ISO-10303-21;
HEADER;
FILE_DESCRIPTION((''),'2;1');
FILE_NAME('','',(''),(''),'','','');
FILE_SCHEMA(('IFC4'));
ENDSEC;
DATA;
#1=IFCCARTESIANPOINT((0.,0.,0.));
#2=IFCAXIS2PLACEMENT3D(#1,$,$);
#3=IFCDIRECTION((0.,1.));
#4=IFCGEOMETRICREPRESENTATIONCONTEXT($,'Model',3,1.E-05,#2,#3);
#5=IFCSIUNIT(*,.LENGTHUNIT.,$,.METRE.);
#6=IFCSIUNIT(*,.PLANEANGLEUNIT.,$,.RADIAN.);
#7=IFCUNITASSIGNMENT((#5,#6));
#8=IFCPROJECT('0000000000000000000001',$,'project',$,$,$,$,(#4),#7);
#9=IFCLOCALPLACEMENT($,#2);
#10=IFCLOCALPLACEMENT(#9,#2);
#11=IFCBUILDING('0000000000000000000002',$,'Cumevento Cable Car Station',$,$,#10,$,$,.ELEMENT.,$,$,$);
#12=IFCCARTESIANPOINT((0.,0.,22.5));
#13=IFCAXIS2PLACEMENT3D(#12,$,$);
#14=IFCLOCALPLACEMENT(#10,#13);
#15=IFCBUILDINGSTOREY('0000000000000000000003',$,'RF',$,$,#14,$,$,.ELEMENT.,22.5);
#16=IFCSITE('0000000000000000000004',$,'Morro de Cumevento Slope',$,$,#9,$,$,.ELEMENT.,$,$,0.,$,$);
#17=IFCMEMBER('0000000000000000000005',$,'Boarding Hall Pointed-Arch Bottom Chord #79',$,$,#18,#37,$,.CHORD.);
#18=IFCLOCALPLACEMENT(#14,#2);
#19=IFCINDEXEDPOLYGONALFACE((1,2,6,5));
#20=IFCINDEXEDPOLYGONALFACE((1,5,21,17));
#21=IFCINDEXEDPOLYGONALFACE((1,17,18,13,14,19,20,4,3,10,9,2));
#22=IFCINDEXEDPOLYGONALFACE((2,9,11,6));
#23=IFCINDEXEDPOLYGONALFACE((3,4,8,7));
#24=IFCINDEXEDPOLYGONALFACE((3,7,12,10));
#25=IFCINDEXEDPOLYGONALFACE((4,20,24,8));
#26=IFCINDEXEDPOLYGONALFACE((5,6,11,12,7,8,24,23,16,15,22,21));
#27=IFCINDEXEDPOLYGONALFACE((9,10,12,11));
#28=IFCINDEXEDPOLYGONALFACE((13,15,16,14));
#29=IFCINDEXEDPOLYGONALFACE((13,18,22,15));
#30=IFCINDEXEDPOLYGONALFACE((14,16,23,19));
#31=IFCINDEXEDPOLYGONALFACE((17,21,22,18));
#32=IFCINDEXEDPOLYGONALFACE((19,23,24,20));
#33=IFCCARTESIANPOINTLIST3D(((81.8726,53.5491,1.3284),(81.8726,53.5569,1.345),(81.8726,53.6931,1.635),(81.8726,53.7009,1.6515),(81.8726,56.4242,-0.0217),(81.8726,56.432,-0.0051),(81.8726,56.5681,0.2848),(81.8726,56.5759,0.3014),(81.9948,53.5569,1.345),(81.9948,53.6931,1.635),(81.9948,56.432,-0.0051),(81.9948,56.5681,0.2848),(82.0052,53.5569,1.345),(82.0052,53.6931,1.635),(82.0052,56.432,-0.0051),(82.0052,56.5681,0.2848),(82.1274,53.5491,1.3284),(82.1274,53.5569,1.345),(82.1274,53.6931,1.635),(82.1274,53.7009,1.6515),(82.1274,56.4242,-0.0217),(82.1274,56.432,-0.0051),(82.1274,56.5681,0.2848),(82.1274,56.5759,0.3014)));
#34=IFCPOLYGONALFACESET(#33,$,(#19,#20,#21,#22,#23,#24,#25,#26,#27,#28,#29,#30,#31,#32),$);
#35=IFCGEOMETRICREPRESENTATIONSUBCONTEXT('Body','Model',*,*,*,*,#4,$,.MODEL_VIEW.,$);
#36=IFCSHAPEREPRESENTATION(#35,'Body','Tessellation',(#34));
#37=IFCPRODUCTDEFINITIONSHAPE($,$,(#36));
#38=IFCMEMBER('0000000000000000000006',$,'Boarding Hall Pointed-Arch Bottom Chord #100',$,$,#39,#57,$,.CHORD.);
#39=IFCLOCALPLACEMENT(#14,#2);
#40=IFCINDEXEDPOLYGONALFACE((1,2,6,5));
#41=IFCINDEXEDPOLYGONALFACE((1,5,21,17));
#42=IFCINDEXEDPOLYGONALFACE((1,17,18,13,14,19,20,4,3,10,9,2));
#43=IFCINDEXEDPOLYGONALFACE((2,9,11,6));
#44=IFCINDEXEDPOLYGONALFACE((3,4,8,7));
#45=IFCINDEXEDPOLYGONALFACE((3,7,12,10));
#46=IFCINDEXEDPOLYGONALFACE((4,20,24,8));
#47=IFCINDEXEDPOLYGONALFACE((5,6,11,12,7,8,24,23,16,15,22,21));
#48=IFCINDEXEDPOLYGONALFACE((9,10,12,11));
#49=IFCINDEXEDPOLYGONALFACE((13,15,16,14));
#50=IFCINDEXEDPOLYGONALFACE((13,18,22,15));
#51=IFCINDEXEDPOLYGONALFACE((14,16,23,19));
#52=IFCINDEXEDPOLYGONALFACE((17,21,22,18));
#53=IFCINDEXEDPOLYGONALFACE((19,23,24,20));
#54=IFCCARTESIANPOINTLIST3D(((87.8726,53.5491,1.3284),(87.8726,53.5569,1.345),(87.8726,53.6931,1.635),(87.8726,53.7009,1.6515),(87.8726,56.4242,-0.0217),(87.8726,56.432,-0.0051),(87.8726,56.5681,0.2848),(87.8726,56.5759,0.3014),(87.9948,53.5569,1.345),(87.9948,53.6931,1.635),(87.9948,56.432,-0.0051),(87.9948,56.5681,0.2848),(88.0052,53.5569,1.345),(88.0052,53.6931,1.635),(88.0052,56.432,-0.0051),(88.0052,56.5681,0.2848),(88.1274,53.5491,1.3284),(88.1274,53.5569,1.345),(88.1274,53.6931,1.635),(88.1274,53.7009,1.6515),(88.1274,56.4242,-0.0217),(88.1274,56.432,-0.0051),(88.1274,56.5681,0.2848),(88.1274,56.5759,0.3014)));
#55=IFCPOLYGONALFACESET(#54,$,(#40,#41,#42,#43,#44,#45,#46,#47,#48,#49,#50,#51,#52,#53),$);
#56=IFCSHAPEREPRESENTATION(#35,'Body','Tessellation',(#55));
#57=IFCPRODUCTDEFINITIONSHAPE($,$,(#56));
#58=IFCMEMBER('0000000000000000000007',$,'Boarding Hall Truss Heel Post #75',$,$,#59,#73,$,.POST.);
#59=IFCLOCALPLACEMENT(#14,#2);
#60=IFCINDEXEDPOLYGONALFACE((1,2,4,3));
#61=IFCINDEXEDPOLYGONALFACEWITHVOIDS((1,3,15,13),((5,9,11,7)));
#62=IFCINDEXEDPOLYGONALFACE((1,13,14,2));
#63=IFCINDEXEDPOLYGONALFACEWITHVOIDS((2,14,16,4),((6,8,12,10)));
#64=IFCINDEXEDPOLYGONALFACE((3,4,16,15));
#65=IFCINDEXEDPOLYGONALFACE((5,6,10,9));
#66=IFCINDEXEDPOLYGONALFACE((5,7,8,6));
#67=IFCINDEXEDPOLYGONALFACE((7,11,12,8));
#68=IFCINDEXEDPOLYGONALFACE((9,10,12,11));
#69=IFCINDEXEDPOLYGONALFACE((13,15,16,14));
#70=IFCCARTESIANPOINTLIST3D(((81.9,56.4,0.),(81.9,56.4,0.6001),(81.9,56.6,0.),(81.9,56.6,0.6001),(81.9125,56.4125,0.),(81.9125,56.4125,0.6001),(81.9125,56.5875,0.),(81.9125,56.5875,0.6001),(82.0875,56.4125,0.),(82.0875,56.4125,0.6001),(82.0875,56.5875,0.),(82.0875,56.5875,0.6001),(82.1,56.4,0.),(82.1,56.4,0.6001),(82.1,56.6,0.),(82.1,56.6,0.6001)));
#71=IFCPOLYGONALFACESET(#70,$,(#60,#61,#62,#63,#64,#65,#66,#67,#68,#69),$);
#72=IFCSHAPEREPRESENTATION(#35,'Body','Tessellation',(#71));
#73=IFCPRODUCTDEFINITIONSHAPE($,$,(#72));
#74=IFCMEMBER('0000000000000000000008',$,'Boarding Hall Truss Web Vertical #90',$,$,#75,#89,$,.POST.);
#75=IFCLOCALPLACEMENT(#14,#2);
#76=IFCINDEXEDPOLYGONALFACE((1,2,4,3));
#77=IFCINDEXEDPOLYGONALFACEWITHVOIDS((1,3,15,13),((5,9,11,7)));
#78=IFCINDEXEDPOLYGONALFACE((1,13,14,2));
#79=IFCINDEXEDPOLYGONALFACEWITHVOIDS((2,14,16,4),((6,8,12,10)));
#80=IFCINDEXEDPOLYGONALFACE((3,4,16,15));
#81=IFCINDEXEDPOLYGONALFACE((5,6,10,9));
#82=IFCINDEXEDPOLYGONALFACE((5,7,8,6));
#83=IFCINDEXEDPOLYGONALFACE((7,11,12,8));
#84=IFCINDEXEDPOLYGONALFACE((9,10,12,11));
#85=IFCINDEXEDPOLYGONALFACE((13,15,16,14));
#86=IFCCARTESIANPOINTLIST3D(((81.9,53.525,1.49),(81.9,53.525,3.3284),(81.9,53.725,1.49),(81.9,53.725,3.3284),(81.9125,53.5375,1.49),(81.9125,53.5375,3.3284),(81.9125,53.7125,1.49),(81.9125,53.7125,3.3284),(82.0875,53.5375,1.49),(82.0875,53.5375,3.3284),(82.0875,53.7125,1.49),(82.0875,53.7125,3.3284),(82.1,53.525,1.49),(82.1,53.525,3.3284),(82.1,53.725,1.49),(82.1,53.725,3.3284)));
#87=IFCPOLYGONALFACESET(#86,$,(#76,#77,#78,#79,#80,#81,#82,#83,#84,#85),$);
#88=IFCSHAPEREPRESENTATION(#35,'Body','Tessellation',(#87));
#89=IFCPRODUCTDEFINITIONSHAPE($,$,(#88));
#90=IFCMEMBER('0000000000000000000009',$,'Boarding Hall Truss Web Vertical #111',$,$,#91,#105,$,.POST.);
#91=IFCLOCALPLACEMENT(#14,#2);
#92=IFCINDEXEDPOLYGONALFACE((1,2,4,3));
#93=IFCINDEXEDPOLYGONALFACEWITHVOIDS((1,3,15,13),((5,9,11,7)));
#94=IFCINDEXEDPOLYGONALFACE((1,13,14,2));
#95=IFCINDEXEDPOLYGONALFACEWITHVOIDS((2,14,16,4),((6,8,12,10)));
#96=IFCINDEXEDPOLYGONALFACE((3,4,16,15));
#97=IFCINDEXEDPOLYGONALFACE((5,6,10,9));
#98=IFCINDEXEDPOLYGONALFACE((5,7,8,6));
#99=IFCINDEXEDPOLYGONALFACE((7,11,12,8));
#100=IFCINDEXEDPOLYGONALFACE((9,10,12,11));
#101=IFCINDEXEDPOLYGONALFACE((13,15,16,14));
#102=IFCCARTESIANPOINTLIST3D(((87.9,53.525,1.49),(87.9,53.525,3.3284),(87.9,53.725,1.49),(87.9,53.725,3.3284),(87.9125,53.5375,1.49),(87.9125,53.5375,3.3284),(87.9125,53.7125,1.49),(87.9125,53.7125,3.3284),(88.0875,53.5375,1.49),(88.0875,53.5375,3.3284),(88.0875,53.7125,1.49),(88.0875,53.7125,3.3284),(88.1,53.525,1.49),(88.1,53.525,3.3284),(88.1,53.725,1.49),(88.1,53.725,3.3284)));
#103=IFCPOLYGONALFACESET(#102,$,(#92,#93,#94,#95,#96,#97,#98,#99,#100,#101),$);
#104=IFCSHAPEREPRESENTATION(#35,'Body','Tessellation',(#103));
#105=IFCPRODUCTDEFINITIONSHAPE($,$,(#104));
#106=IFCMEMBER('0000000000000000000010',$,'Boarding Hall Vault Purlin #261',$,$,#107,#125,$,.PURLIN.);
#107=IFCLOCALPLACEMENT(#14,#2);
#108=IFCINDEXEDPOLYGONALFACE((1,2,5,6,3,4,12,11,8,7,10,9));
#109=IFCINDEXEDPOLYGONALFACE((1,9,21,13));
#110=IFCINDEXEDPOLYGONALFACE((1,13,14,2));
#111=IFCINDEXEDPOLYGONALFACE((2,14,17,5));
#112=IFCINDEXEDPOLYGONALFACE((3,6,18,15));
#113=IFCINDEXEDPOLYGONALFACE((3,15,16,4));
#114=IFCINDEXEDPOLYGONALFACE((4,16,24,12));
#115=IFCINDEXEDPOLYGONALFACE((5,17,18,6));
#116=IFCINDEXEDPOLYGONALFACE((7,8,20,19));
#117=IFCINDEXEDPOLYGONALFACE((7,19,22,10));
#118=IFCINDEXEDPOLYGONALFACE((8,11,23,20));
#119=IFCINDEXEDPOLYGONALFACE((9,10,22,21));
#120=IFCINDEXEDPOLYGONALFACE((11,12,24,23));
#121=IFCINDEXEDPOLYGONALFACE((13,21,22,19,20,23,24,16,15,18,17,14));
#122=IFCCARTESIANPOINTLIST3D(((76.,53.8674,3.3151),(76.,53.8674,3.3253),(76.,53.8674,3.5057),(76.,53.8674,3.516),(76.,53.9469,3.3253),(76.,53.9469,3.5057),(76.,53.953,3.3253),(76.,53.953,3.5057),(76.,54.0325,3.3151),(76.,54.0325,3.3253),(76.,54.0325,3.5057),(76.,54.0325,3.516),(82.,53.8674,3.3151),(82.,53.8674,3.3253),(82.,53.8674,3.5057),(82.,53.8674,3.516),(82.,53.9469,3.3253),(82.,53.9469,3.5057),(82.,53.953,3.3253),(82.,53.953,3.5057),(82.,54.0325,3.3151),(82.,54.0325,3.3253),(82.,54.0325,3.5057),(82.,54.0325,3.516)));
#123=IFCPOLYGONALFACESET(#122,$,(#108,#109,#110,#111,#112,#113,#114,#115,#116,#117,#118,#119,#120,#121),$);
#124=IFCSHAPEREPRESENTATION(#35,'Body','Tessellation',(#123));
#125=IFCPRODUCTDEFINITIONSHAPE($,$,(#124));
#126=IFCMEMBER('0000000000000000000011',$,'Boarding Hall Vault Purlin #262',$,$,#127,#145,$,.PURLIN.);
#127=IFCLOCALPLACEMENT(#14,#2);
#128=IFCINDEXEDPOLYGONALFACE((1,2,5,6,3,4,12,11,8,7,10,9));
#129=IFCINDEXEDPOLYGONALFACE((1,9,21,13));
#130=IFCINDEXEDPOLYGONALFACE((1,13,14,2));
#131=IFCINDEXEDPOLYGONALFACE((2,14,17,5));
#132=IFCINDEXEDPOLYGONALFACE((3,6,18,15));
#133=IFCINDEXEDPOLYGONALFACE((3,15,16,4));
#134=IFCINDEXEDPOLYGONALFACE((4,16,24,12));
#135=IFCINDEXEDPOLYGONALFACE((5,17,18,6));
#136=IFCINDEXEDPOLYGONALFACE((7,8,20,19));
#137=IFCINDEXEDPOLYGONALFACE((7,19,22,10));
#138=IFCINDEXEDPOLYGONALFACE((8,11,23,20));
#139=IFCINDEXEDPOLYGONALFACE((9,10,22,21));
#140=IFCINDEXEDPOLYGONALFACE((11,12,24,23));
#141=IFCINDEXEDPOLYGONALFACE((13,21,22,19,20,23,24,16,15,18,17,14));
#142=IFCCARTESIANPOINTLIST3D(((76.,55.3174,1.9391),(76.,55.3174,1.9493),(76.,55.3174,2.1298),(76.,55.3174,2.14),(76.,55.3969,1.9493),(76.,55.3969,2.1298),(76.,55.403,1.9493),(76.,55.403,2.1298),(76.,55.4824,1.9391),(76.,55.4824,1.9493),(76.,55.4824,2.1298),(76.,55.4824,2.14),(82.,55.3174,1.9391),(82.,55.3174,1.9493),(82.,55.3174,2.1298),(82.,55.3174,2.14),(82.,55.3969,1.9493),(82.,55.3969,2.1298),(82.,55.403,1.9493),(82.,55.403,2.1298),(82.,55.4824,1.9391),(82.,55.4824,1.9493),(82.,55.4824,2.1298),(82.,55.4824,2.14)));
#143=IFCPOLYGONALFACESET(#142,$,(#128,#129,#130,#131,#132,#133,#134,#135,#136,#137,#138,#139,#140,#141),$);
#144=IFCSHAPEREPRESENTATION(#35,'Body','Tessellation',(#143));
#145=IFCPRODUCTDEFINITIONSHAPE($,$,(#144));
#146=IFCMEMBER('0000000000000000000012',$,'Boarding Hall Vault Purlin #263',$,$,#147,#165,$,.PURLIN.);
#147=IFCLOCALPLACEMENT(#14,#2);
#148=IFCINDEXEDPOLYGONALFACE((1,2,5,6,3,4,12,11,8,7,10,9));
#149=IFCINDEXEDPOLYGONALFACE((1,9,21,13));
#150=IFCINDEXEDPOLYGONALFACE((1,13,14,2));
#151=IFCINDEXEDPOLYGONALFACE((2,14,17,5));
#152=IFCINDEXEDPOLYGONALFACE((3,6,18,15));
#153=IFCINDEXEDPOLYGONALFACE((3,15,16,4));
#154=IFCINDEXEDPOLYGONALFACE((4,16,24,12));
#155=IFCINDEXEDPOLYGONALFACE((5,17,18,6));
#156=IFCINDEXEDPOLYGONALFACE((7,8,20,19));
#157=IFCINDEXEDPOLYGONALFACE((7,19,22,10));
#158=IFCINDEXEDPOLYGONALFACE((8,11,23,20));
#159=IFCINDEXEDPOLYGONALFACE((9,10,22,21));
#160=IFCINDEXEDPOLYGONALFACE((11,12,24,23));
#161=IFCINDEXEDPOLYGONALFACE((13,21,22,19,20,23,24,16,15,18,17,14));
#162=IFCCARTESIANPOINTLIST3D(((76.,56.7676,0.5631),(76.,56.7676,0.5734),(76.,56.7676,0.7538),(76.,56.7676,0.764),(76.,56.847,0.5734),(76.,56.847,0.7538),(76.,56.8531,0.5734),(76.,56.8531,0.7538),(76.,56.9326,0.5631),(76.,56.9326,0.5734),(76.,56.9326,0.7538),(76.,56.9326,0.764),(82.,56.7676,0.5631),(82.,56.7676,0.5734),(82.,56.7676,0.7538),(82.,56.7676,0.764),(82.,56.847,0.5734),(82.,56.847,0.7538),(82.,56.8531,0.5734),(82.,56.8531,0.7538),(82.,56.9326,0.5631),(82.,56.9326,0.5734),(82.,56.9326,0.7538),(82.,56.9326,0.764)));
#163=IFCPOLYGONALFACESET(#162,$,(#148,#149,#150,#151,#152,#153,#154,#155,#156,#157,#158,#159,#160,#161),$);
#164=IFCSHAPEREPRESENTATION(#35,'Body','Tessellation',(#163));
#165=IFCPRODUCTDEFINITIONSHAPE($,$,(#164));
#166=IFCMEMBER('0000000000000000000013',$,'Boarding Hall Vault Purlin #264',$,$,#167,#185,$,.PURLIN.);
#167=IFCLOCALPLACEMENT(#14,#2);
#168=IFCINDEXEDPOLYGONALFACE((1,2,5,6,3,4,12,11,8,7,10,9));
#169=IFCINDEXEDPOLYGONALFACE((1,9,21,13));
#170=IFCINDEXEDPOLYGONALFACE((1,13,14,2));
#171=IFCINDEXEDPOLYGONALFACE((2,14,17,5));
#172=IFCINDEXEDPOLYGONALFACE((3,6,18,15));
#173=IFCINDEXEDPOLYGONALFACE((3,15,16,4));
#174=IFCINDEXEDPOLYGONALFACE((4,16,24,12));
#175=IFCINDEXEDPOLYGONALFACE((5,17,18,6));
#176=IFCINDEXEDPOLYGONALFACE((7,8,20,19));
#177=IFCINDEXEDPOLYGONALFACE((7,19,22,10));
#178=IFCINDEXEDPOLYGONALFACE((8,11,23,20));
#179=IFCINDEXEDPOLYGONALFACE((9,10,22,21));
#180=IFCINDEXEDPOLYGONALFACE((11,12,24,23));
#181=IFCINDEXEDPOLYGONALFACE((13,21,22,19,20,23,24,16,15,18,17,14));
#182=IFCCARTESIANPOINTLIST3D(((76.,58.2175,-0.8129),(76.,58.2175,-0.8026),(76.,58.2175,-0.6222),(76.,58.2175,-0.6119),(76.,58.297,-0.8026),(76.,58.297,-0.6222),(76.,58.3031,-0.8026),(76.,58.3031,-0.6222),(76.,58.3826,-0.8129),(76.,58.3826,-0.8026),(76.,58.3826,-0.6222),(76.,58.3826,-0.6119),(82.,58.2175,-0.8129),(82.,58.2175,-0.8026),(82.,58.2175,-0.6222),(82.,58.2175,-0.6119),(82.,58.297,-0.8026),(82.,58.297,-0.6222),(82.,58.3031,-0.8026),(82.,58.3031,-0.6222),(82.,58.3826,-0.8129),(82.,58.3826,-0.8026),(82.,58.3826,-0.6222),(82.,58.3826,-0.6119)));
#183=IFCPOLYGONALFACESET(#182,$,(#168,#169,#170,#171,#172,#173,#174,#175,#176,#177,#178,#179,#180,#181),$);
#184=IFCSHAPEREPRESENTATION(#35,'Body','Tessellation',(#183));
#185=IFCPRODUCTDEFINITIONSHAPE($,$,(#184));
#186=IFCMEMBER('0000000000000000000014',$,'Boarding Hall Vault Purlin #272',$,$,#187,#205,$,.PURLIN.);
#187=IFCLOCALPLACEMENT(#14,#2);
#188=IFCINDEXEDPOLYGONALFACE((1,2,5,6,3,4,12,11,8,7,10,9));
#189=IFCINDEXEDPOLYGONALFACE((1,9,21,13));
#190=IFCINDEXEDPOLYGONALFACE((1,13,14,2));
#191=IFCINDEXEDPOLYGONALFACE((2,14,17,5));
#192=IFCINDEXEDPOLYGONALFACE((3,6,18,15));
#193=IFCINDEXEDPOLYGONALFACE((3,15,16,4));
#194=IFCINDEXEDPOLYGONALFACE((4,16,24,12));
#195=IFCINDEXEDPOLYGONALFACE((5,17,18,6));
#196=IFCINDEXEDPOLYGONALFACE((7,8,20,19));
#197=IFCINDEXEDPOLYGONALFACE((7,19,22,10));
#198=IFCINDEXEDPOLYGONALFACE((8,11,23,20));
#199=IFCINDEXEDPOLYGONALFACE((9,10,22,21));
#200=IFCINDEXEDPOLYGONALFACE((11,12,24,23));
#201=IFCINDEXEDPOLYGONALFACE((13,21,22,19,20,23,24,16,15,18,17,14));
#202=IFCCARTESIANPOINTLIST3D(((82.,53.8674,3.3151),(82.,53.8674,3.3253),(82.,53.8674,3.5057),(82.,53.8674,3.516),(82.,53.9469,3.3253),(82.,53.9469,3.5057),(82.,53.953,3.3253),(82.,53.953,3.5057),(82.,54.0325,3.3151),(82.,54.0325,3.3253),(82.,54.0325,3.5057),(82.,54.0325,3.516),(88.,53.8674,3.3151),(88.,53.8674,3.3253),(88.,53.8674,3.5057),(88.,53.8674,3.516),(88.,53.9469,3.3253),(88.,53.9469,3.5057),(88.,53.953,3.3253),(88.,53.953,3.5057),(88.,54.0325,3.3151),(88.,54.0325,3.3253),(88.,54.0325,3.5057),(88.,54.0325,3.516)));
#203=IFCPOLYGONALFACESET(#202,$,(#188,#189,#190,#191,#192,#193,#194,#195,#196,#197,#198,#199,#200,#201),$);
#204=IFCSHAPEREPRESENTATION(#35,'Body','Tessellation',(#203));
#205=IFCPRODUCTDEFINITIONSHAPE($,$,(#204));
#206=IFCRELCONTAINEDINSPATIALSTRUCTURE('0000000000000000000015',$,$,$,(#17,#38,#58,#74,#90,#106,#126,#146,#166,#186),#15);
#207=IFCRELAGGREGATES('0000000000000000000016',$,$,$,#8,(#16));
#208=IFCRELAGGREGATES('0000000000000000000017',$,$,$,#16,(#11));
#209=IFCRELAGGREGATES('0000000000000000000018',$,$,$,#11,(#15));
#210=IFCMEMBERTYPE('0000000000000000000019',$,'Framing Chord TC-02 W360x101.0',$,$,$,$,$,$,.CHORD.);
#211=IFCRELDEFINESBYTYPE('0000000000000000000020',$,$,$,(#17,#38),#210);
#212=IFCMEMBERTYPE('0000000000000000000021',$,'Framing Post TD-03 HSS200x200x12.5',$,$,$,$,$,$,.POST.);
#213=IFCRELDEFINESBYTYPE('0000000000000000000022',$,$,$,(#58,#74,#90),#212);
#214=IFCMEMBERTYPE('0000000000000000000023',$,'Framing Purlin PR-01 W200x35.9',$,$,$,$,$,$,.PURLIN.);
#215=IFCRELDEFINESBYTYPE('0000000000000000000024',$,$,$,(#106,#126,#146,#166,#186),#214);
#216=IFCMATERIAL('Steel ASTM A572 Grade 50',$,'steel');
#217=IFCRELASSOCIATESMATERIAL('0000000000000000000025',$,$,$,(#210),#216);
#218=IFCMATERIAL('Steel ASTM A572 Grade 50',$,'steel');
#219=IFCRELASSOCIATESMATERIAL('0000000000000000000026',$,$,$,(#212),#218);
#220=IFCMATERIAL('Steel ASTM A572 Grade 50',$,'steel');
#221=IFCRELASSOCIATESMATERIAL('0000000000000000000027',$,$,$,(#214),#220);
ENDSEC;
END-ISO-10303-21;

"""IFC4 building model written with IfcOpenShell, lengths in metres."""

from ifc_helpers import new_model, si_unit, direction, frame, origin, origin_2d, place, context, subcontext, project, spatial, hollow_rectangle, i_section, extrude, material, material_profile, profile_set, type_object, element, save


model = new_model("IFC4")

# Units and contexts
model_context = context("Model", 3, precision=1e-05, world=origin(), true_north=direction((0.0, 1.0)))
body_context = subcontext(model_context, "Body", "Model", "MODEL_VIEW")
ifc_project = project(units=[si_unit("LENGTHUNIT", "METRE"), si_unit("PLANEANGLEUNIT", "RADIAN")], contexts=[model_context])

# Site, building, storey
site_placement = place(None, origin())
site = spatial("IfcSite", under=ifc_project, at=site_placement, Name="Morro de Cumevento Slope", CompositionType="ELEMENT", RefElevation=0.0)
building_placement = place(site_placement, origin())
building = spatial("IfcBuilding", under=site, at=building_placement, Name="Cumevento Cable Car Station", CompositionType="ELEMENT")
storey_placement = place(building_placement, frame((0.0, 0.0, 22.5)))
storey = spatial("IfcBuildingStorey", under=building, at=storey_placement, Name="RF", CompositionType="ELEMENT", Elevation=22.5)

# Members
ifc_material_1 = material(Name="Steel ASTM A572 Grade 50", Category="steel")
ifc_material_profile_1 = material_profile(ifc_material_1, i_section(OverallWidth=0.2549, OverallDepth=0.3569, WebThickness=0.0105, FlangeThickness=0.0183, at=origin_2d()), Name="W360x101.0")
ifc_profile_set_1 = profile_set([ifc_material_profile_1], Name="Steel ASTM A572 Grade 50")
member_type_1 = type_object("IfcMemberType", Name="Framing Chord TC-02 W360x101.0", PredefinedType="CHORD", material=ifc_profile_set_1)
for number, where, z_axis, x_axis, name in (
    (1, (82.0, 53.625, 1.49), (0.0, 0.905163, -0.425064), (-1.0, 0.0, 0.0), "Boarding Hall Pointed-Arch Bottom Chord #79"),
    (2, (88.0, 53.625, 1.49), (0.0, 0.905163, -0.425064), (-1.0, 0.0, 0.0), "Boarding Hall Pointed-Arch Bottom Chord #100"),
):
    element("IfcMember", number, at=place(storey_placement, frame(where, z_axis=z_axis, x_axis=x_axis)), inside=storey, type_object=member_type_1, Name=name, PredefinedType="CHORD", context=body_context, shape_type="SweptSolid", body=[
        extrude(i_section(OverallWidth=0.2549, OverallDepth=0.3569, WebThickness=0.0105, FlangeThickness=0.0183, at=origin_2d()), origin(), (0.0, 0.0, 1.0), 3.1763),
    ])
ifc_material_2 = material(Name="Steel ASTM A572 Grade 50", Category="steel")
ifc_material_profile_2 = material_profile(ifc_material_2, hollow_rectangle(XDim=0.2, YDim=0.2, WallThickness=0.0125, at=origin_2d()), Name="HSS200x200x12.5")
ifc_profile_set_2 = profile_set([ifc_material_profile_2], Name="Steel ASTM A572 Grade 50")
member_type_2 = type_object("IfcMemberType", Name="Framing Post TD-03 HSS200x200x12.5", PredefinedType="POST", material=ifc_profile_set_2)
member_1_placement = place(storey_placement, frame((82.0, 56.5, 0.0), z_axis=(0.0, 0.0, 1.0), x_axis=(1.0, 0.0, 0.0)))
element("IfcMember", 3, at=member_1_placement, inside=storey, type_object=member_type_2, Name="Boarding Hall Truss Heel Post #75", PredefinedType="POST", context=body_context, shape_type="SweptSolid", body=[
    extrude(hollow_rectangle(XDim=0.2, YDim=0.2, WallThickness=0.0125, at=origin_2d()), origin(), (0.0, 0.0, 1.0), 0.6001),
])
for number, where, z_axis, x_axis, name in (
    (4, (82.0, 53.625, 1.49), (0.0, 0.0, 1.0), (1.0, 0.0, 0.0), "Boarding Hall Truss Web Vertical #90"),
    (5, (88.0, 53.625, 1.49), (0.0, 0.0, 1.0), (1.0, 0.0, 0.0), "Boarding Hall Truss Web Vertical #111"),
):
    element("IfcMember", number, at=place(storey_placement, frame(where, z_axis=z_axis, x_axis=x_axis)), inside=storey, type_object=member_type_2, Name=name, PredefinedType="POST", context=body_context, shape_type="SweptSolid", body=[
        extrude(hollow_rectangle(XDim=0.2, YDim=0.2, WallThickness=0.0125, at=origin_2d()), origin(), (0.0, 0.0, 1.0), 1.8384),
    ])
ifc_material_3 = material(Name="Steel ASTM A572 Grade 50", Category="steel")
ifc_material_profile_3 = material_profile(ifc_material_3, i_section(OverallWidth=0.165, OverallDepth=0.2009, WebThickness=0.0061, FlangeThickness=0.0103, at=origin_2d()), Name="W200x35.9")
ifc_profile_set_3 = profile_set([ifc_material_profile_3], Name="Steel ASTM A572 Grade 50")
member_type_3 = type_object("IfcMemberType", Name="Framing Purlin PR-01 W200x35.9", PredefinedType="PURLIN", material=ifc_profile_set_3)
for number, where, z_axis, x_axis, name in (
    (6, (76.0, 53.95, 3.4155), (1.0, 0.0, 0.0), (0.0, 1.0, 0.0), "Boarding Hall Vault Purlin #261"),
    (7, (76.0, 55.3999, 2.0396), (1.0, 0.0, 0.0), (0.0, 1.0, 0.0), "Boarding Hall Vault Purlin #262"),
    (8, (76.0, 56.8501, 0.6636), (1.0, 0.0, 0.0), (0.0, 1.0, 0.0), "Boarding Hall Vault Purlin #263"),
    (9, (76.0, 58.3, -0.7124), (1.0, 0.0, 0.0), (0.0, 1.0, 0.0), "Boarding Hall Vault Purlin #264"),
    (10, (82.0, 53.95, 3.4155), (1.0, 0.0, 0.0), (0.0, 1.0, 0.0), "Boarding Hall Vault Purlin #272"),
):
    element("IfcMember", number, at=place(storey_placement, frame(where, z_axis=z_axis, x_axis=x_axis)), inside=storey, type_object=member_type_3, Name=name, PredefinedType="PURLIN", context=body_context, shape_type="SweptSolid", body=[
        extrude(i_section(OverallWidth=0.165, OverallDepth=0.2009, WebThickness=0.0061, FlangeThickness=0.0103, at=origin_2d()), origin(), (0.0, 0.0, 1.0), 6.0),
    ])

save(model, "model.ifc")
